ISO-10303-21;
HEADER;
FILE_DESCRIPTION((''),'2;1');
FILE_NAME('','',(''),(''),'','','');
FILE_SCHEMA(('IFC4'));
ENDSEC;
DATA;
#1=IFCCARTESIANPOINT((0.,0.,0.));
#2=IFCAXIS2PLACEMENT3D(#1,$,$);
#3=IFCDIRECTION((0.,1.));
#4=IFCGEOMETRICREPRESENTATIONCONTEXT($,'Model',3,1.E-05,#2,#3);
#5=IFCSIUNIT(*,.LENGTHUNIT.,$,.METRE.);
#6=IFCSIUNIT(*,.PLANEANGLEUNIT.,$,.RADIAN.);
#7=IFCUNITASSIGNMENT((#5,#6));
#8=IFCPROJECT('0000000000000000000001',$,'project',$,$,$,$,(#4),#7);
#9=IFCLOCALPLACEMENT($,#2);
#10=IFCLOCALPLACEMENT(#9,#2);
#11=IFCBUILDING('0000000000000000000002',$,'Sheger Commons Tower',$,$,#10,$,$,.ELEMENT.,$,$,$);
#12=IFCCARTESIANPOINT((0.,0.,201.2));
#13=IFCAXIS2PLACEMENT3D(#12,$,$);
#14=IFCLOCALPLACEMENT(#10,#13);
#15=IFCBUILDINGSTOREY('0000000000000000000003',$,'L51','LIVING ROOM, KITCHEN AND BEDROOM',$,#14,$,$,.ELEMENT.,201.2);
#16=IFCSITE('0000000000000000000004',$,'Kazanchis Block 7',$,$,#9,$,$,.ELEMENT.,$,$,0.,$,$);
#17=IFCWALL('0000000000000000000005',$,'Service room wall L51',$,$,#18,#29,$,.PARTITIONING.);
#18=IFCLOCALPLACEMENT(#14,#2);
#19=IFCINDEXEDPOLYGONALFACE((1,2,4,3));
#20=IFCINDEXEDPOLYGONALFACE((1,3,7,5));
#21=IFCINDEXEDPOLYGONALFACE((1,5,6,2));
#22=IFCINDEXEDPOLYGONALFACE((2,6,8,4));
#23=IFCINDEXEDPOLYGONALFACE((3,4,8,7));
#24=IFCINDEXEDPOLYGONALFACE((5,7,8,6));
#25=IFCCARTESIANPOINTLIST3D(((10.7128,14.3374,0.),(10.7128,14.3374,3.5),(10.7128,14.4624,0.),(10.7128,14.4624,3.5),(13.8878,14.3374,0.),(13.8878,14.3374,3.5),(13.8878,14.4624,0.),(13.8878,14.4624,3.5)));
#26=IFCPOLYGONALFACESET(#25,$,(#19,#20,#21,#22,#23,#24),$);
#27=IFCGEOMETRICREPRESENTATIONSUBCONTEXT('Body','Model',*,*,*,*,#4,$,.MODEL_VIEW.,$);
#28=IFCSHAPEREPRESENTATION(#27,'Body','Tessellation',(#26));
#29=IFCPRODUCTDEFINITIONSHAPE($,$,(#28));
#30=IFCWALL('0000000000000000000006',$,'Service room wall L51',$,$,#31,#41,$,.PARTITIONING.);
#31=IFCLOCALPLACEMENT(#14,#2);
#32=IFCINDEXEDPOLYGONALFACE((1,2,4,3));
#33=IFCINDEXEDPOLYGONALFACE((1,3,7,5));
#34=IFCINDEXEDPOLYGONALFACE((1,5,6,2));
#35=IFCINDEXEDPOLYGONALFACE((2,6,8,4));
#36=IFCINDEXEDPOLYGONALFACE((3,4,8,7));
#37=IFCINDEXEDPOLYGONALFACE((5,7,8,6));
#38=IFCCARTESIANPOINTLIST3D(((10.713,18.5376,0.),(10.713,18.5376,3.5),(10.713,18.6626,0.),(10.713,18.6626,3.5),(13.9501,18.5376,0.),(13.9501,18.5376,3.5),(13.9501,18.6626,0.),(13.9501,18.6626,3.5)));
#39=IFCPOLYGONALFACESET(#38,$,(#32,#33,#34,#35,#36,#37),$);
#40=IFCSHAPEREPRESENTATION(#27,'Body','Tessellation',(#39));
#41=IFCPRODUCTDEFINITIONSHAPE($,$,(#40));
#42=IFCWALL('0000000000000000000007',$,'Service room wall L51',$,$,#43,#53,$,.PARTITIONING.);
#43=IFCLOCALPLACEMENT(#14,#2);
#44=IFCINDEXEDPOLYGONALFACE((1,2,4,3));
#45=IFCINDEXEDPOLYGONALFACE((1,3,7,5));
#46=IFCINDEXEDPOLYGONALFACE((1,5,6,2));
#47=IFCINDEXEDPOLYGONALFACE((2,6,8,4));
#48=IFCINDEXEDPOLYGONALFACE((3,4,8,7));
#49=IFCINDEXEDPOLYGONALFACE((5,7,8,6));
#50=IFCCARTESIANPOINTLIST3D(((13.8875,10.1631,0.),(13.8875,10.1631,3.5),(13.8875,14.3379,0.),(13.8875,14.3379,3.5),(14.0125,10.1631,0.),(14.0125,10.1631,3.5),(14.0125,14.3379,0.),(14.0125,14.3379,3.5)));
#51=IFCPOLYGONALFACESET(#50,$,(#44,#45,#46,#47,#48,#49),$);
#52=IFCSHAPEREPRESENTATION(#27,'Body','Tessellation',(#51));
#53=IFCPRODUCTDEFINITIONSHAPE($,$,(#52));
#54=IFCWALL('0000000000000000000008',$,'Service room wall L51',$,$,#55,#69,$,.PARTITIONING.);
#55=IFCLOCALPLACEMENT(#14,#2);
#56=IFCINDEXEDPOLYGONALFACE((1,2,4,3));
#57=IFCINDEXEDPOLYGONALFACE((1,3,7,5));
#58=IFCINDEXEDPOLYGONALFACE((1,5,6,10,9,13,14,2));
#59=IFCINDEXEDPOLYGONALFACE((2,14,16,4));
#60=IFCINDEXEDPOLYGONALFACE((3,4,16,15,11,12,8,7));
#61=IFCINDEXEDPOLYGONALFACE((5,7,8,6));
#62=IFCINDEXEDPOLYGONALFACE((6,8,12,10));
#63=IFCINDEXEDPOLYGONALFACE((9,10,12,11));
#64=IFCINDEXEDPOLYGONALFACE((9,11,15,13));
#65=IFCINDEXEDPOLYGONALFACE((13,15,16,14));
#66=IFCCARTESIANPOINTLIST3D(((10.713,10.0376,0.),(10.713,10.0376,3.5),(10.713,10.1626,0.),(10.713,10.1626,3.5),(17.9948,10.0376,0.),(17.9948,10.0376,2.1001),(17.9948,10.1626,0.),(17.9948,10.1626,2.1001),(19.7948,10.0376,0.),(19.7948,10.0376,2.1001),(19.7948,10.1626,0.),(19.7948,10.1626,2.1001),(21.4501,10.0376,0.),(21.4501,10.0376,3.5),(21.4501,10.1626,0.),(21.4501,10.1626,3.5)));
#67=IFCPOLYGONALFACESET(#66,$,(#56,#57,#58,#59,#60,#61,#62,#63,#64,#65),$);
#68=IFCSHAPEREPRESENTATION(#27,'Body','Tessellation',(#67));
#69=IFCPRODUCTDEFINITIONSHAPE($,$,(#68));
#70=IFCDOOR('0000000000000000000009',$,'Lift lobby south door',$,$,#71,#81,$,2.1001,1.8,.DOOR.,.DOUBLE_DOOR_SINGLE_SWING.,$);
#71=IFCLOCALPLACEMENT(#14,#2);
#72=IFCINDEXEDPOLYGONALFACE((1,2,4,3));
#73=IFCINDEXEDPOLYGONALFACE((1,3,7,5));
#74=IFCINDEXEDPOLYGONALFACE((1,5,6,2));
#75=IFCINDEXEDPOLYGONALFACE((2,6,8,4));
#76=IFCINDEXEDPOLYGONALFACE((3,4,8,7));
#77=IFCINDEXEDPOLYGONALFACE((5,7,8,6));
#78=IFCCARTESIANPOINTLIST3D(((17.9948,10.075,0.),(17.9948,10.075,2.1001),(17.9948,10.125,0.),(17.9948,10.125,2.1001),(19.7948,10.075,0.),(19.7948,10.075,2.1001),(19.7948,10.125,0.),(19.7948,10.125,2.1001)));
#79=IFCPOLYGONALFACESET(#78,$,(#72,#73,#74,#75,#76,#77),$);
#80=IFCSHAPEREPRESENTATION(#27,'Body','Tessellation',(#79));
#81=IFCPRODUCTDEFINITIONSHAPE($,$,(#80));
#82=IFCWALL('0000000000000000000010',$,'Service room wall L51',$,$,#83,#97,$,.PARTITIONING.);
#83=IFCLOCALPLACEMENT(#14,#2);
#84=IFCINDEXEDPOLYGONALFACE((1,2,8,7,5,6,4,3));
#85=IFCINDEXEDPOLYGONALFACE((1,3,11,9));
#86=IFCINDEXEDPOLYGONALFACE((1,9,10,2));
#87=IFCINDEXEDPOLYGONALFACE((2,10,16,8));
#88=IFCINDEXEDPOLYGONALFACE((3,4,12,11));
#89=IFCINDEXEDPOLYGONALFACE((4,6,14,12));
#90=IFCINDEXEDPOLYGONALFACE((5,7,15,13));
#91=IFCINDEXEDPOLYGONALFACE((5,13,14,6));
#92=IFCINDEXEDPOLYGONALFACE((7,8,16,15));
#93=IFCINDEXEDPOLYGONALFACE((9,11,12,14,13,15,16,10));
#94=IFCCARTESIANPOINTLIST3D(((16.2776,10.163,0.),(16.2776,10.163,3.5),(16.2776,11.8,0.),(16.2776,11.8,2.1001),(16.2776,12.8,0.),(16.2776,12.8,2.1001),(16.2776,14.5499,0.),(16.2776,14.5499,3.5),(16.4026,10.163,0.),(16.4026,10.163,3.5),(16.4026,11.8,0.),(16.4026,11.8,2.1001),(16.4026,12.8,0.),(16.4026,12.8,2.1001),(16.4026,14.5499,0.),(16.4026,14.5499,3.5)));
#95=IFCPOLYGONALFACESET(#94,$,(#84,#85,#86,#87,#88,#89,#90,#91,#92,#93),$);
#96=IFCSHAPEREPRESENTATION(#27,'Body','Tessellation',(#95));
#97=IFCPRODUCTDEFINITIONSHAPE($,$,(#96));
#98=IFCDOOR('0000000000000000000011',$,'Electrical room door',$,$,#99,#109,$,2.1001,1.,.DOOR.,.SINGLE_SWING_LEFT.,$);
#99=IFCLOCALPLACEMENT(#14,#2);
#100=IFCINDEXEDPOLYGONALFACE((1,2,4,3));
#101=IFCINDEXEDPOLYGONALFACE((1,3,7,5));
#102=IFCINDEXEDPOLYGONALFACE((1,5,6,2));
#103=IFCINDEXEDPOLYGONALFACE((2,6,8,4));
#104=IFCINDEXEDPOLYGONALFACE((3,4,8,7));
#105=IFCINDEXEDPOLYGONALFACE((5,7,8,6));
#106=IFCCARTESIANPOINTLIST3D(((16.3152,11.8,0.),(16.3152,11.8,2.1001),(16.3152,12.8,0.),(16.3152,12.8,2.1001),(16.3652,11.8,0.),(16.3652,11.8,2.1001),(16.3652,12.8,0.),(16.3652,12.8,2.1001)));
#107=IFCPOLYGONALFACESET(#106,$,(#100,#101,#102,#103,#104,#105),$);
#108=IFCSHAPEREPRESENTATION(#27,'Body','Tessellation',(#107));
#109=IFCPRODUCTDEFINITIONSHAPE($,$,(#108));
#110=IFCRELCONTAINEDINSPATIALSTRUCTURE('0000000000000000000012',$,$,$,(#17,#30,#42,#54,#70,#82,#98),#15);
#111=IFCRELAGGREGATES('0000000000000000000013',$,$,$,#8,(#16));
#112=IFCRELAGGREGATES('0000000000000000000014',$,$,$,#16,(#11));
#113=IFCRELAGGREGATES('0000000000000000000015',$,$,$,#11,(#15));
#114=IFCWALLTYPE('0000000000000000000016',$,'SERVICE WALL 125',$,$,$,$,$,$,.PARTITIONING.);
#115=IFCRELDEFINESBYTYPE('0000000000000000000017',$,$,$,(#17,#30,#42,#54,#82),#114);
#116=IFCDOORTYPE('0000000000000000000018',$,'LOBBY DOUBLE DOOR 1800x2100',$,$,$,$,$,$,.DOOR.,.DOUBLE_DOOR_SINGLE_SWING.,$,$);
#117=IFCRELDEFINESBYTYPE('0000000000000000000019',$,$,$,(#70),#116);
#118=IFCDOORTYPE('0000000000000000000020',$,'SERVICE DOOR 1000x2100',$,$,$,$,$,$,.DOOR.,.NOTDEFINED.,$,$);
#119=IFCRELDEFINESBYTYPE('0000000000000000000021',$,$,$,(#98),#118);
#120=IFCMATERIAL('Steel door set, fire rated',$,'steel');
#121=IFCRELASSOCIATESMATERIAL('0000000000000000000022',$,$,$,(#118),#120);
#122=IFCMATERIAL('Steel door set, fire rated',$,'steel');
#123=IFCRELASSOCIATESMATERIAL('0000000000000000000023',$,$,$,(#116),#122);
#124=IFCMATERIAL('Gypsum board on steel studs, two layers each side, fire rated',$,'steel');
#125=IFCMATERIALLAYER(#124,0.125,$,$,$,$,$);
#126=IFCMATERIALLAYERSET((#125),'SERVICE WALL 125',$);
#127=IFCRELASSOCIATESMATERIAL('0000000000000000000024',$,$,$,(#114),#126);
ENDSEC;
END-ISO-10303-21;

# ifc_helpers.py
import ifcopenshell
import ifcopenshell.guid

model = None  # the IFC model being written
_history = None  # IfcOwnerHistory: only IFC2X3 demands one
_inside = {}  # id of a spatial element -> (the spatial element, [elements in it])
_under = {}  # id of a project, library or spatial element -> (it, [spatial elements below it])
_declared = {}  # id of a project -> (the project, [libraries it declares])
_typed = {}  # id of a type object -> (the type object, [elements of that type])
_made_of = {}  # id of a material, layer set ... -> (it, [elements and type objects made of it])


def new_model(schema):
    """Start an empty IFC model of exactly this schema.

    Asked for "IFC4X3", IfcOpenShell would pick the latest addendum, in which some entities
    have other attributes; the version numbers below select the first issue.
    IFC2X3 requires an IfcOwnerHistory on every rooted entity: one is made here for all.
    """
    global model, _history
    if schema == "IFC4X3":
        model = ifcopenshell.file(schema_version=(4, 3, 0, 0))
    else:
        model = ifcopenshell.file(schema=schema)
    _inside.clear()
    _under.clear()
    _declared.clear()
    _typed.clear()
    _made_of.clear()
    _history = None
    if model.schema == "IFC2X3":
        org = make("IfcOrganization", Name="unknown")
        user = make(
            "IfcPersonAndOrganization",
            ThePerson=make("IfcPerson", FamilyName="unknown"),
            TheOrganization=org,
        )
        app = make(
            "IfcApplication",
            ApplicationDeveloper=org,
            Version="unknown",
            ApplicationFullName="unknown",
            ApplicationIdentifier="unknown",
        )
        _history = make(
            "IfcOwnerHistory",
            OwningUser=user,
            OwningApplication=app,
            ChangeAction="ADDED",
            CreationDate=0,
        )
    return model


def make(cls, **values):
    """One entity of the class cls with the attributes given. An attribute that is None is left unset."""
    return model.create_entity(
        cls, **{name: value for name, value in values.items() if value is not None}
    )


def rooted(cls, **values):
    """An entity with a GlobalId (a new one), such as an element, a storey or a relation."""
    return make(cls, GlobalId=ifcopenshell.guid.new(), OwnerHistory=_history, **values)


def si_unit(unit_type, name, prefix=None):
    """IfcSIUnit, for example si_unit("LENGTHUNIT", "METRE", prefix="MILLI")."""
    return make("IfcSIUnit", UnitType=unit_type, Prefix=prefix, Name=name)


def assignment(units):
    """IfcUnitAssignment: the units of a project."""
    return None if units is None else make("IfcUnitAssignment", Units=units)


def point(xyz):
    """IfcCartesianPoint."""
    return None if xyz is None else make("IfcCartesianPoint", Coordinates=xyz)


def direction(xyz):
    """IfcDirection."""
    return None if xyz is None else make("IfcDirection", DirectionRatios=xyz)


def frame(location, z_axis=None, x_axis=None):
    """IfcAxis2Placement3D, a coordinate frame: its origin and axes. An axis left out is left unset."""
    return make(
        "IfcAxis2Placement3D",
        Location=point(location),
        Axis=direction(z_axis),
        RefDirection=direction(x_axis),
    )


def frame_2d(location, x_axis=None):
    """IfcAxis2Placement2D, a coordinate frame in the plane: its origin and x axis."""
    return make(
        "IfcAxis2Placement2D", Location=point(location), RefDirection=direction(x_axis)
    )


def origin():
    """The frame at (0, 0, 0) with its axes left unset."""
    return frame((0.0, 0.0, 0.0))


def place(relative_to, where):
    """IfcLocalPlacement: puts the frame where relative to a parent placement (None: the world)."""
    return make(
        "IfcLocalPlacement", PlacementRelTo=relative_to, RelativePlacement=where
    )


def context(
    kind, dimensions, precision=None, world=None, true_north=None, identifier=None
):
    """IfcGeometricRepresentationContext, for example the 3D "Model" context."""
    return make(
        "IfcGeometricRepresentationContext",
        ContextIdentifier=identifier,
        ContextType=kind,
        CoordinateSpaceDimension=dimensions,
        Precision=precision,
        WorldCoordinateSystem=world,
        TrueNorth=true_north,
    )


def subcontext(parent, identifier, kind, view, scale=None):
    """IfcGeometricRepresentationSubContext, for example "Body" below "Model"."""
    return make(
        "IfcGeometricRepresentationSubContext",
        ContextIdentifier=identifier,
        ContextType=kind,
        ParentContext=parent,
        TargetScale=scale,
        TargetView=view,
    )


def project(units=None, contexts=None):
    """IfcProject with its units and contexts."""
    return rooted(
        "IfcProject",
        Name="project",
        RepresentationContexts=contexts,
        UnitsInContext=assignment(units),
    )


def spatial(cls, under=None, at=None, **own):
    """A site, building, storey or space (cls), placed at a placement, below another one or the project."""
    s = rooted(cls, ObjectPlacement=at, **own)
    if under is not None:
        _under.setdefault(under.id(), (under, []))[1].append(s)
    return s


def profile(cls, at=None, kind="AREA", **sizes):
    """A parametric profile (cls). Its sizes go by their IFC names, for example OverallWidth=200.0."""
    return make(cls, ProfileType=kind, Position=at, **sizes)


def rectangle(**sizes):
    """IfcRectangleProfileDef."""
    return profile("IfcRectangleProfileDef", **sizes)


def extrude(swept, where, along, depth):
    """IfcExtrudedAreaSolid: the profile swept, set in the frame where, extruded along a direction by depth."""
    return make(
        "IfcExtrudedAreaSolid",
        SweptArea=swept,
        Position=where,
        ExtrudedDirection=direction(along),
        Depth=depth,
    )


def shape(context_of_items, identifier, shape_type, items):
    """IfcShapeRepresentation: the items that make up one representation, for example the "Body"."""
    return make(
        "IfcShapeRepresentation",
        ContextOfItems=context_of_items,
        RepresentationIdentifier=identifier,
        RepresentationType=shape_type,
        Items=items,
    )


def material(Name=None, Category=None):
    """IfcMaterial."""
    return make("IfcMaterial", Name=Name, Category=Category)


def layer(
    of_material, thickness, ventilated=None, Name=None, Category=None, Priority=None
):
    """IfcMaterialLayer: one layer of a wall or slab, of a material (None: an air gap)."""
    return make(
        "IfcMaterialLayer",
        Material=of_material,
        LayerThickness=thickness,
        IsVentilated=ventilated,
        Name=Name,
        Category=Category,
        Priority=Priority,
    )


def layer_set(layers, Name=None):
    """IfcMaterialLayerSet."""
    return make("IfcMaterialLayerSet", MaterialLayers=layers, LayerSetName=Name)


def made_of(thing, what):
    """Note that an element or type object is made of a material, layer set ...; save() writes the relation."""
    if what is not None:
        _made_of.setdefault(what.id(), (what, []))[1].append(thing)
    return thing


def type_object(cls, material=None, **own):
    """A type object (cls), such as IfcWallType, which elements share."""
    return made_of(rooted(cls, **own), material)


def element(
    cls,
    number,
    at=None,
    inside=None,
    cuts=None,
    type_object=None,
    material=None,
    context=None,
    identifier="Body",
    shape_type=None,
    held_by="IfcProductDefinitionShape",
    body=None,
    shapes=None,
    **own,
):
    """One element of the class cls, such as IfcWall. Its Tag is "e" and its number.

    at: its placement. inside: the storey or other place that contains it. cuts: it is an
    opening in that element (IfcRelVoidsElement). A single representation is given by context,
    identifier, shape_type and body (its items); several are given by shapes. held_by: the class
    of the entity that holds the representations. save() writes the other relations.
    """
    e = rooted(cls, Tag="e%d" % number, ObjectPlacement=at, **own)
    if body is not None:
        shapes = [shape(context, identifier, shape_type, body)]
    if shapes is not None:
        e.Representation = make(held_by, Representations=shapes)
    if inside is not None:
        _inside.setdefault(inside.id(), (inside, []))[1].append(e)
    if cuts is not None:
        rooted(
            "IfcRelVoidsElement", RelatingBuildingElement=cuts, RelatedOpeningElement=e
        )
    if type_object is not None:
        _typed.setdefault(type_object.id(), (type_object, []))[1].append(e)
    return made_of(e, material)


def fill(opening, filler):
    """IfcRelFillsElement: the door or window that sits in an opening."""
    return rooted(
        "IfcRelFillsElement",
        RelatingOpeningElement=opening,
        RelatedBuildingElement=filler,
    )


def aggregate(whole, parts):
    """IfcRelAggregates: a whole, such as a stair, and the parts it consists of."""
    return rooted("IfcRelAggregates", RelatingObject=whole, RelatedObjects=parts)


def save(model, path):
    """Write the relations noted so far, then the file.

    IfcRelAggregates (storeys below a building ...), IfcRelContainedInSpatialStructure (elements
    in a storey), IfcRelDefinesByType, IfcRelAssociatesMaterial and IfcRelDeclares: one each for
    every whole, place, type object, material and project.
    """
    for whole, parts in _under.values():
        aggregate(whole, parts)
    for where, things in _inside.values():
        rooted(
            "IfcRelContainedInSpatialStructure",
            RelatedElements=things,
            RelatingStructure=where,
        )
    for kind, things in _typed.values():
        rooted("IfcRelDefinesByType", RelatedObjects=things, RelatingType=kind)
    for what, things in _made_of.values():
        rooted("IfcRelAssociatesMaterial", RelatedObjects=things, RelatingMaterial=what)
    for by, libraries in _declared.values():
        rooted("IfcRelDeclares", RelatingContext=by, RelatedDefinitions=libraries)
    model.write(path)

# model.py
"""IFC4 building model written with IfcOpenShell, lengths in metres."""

from ifc_helpers import new_model, si_unit, direction, frame, frame_2d, origin, place, context, subcontext, project, spatial, rectangle, extrude, material, layer, layer_set, type_object, element, fill, save


model = new_model("IFC4")

# Units and contexts
model_context = context("Model", 3, precision=1e-05, world=origin(), true_north=direction((0.0, 1.0)))
body_context = subcontext(model_context, "Body", "Model", "MODEL_VIEW")
ifc_project = project(units=[si_unit("LENGTHUNIT", "METRE"), si_unit("PLANEANGLEUNIT", "RADIAN")], contexts=[model_context])

# Site, building, storey
site_placement = place(None, origin())
site = spatial("IfcSite", under=ifc_project, at=site_placement, Name="Kazanchis Block 7", CompositionType="ELEMENT", RefElevation=0.0)
building_placement = place(site_placement, origin())
building = spatial("IfcBuilding", under=site, at=building_placement, Name="Sheger Commons Tower", CompositionType="ELEMENT")
storey_placement = place(building_placement, frame((0.0, 0.0, 201.2)))
storey = spatial("IfcBuildingStorey", under=building, at=storey_placement, Name="L51", Description="LIVING ROOM, KITCHEN AND BEDROOM", CompositionType="ELEMENT", Elevation=201.2)

# Shared definitions
ifc_material_1 = material(Name="Steel door set, fire rated", Category="steel")
door_type_1 = type_object("IfcDoorType", Name="SERVICE DOOR 1000x2100", OperationType="NOTDEFINED", PredefinedType="DOOR", material=ifc_material_1)
ifc_material_2 = material(Name="Steel door set, fire rated", Category="steel")
door_type_2 = type_object("IfcDoorType", Name="LOBBY DOUBLE DOOR 1800x2100", OperationType="DOUBLE_DOOR_SINGLE_SWING", PredefinedType="DOOR", material=ifc_material_2)

# Shared definitions
ifc_material_3 = material(Name="Gypsum board on steel studs, two layers each side, fire rated", Category="steel")
ifc_layer_1 = layer(ifc_material_3, 0.125)
ifc_layer_set_1 = layer_set([ifc_layer_1], Name="SERVICE WALL 125")
wall_type_1 = type_object("IfcWallType", Name="SERVICE WALL 125", PredefinedType="PARTITIONING", material=ifc_layer_set_1)

# Walls
wall_1_placement = place(storey_placement, frame((10.7129, 14.3999, 0.0), z_axis=(0.0, 0.0, 1.0), x_axis=(1.0, 0.0, 0.0)))
element("IfcWall", 1, at=wall_1_placement, inside=storey, type_object=wall_type_1, Name="Service room wall L51", PredefinedType="PARTITIONING", context=body_context, shape_type="SweptSolid", body=[
    extrude(rectangle(XDim=3.175, YDim=0.125, at=frame_2d((1.5874, 0.0))), origin(), (0.0, 0.0, 1.0), 3.5),
])
wall_2_placement = place(storey_placement, frame((10.7129, 18.6001, 0.0), z_axis=(0.0, 0.0, 1.0), x_axis=(1.0, 0.0, 0.0)))
element("IfcWall", 2, at=wall_2_placement, inside=storey, type_object=wall_type_1, Name="Service room wall L51", PredefinedType="PARTITIONING", context=body_context, shape_type="SweptSolid", body=[
    extrude(rectangle(XDim=3.2371, YDim=0.125, at=frame_2d((1.6187, 0.0))), origin(), (0.0, 0.0, 1.0), 3.5),
])
wall_3_placement = place(storey_placement, frame((13.95, 10.1631, 0.0), z_axis=(0.0, 0.0, 1.0), x_axis=(0.0, 1.0, 0.0)))
element("IfcWall", 3, at=wall_3_placement, inside=storey, type_object=wall_type_1, Name="Service room wall L51", PredefinedType="PARTITIONING", context=body_context, shape_type="SweptSolid", body=[
    extrude(rectangle(XDim=4.1748, YDim=0.125, at=frame_2d((2.0874, 0.0))), origin(), (0.0, 0.0, 1.0), 3.5),
])

# Walls, openings, doors
wall_4_placement = place(storey_placement, frame((10.7129, 10.1001, 0.0), z_axis=(0.0, 0.0, 1.0), x_axis=(1.0, 0.0, 0.0)))
wall_4 = element("IfcWall", 4, at=wall_4_placement, inside=storey, type_object=wall_type_1, Name="Service room wall L51", PredefinedType="PARTITIONING", context=body_context, shape_type="SweptSolid", body=[
    extrude(rectangle(XDim=10.7371, YDim=0.125, at=frame_2d((5.3687, 0.0))), origin(), (0.0, 0.0, 1.0), 3.5),
])
opening_1_placement = place(wall_4_placement, frame((7.282, 0.0, 0.0)))
opening_1 = element("IfcOpeningElement", 5, at=opening_1_placement, cuts=wall_4, PredefinedType="OPENING", context=body_context, shape_type="SweptSolid", body=[
    extrude(rectangle(XDim=1.8, YDim=2.1001, at=frame_2d((0.8999, 1.05))), frame((0.0, 0.0725, 0.0), z_axis=(0.0, -1.0, 0.0), x_axis=(1.0, 0.0, 0.0)), (0.0, 0.0, 1.0), 0.145),
])
door_1_placement = place(opening_1_placement, origin())
door_1 = element("IfcDoor", 6, at=door_1_placement, inside=storey, type_object=door_type_2, Name="Lift lobby south door", OperationType="DOUBLE_DOOR_SINGLE_SWING", OverallHeight=2.1001, OverallWidth=1.8, PredefinedType="DOOR", context=body_context, shape_type="SweptSolid", body=[
    extrude(rectangle(XDim=1.8, YDim=2.1001, at=frame_2d((0.8999, 1.05))), frame((0.0, 0.0249, 0.0), z_axis=(0.0, -1.0, 0.0), x_axis=(1.0, 0.0, 0.0)), (0.0, 0.0, 1.0), 0.05),
])
fill(opening_1, door_1)
wall_5_placement = place(storey_placement, frame((16.3401, 10.1631, 0.0), z_axis=(0.0, 0.0, 1.0), x_axis=(0.0, 1.0, 0.0)))
wall_5 = element("IfcWall", 7, at=wall_5_placement, inside=storey, type_object=wall_type_1, Name="Service room wall L51", PredefinedType="PARTITIONING", context=body_context, shape_type="SweptSolid", body=[
    extrude(rectangle(XDim=4.387, YDim=0.125, at=frame_2d((2.1934, 0.0))), origin(), (0.0, 0.0, 1.0), 3.5),
])
opening_2_placement = place(wall_5_placement, frame((1.637, 0.0, 0.0)))
opening_2 = element("IfcOpeningElement", 8, at=opening_2_placement, cuts=wall_5, PredefinedType="OPENING", context=body_context, shape_type="SweptSolid", body=[
    extrude(rectangle(XDim=1.0, YDim=2.1001, at=frame_2d((0.5, 1.05))), frame((0.0, 0.0725, 0.0), z_axis=(0.0, -1.0, 0.0), x_axis=(1.0, 0.0, 0.0)), (0.0, 0.0, 1.0), 0.145),
])
door_2_placement = place(opening_2_placement, origin())
door_2 = element("IfcDoor", 9, at=door_2_placement, inside=storey, type_object=door_type_1, Name="Electrical room door", OperationType="SINGLE_SWING_LEFT", OverallHeight=2.1001, OverallWidth=1.0, PredefinedType="DOOR", context=body_context, shape_type="SweptSolid", body=[
    extrude(rectangle(XDim=1.0, YDim=2.1001, at=frame_2d((0.5, 1.05))), frame((0.0, 0.0249, 0.0), z_axis=(0.0, -1.0, 0.0), x_axis=(1.0, 0.0, 0.0)), (0.0, 0.0, 1.0), 0.05),
])
fill(opening_2, door_2)

save(model, "model.ifc")
